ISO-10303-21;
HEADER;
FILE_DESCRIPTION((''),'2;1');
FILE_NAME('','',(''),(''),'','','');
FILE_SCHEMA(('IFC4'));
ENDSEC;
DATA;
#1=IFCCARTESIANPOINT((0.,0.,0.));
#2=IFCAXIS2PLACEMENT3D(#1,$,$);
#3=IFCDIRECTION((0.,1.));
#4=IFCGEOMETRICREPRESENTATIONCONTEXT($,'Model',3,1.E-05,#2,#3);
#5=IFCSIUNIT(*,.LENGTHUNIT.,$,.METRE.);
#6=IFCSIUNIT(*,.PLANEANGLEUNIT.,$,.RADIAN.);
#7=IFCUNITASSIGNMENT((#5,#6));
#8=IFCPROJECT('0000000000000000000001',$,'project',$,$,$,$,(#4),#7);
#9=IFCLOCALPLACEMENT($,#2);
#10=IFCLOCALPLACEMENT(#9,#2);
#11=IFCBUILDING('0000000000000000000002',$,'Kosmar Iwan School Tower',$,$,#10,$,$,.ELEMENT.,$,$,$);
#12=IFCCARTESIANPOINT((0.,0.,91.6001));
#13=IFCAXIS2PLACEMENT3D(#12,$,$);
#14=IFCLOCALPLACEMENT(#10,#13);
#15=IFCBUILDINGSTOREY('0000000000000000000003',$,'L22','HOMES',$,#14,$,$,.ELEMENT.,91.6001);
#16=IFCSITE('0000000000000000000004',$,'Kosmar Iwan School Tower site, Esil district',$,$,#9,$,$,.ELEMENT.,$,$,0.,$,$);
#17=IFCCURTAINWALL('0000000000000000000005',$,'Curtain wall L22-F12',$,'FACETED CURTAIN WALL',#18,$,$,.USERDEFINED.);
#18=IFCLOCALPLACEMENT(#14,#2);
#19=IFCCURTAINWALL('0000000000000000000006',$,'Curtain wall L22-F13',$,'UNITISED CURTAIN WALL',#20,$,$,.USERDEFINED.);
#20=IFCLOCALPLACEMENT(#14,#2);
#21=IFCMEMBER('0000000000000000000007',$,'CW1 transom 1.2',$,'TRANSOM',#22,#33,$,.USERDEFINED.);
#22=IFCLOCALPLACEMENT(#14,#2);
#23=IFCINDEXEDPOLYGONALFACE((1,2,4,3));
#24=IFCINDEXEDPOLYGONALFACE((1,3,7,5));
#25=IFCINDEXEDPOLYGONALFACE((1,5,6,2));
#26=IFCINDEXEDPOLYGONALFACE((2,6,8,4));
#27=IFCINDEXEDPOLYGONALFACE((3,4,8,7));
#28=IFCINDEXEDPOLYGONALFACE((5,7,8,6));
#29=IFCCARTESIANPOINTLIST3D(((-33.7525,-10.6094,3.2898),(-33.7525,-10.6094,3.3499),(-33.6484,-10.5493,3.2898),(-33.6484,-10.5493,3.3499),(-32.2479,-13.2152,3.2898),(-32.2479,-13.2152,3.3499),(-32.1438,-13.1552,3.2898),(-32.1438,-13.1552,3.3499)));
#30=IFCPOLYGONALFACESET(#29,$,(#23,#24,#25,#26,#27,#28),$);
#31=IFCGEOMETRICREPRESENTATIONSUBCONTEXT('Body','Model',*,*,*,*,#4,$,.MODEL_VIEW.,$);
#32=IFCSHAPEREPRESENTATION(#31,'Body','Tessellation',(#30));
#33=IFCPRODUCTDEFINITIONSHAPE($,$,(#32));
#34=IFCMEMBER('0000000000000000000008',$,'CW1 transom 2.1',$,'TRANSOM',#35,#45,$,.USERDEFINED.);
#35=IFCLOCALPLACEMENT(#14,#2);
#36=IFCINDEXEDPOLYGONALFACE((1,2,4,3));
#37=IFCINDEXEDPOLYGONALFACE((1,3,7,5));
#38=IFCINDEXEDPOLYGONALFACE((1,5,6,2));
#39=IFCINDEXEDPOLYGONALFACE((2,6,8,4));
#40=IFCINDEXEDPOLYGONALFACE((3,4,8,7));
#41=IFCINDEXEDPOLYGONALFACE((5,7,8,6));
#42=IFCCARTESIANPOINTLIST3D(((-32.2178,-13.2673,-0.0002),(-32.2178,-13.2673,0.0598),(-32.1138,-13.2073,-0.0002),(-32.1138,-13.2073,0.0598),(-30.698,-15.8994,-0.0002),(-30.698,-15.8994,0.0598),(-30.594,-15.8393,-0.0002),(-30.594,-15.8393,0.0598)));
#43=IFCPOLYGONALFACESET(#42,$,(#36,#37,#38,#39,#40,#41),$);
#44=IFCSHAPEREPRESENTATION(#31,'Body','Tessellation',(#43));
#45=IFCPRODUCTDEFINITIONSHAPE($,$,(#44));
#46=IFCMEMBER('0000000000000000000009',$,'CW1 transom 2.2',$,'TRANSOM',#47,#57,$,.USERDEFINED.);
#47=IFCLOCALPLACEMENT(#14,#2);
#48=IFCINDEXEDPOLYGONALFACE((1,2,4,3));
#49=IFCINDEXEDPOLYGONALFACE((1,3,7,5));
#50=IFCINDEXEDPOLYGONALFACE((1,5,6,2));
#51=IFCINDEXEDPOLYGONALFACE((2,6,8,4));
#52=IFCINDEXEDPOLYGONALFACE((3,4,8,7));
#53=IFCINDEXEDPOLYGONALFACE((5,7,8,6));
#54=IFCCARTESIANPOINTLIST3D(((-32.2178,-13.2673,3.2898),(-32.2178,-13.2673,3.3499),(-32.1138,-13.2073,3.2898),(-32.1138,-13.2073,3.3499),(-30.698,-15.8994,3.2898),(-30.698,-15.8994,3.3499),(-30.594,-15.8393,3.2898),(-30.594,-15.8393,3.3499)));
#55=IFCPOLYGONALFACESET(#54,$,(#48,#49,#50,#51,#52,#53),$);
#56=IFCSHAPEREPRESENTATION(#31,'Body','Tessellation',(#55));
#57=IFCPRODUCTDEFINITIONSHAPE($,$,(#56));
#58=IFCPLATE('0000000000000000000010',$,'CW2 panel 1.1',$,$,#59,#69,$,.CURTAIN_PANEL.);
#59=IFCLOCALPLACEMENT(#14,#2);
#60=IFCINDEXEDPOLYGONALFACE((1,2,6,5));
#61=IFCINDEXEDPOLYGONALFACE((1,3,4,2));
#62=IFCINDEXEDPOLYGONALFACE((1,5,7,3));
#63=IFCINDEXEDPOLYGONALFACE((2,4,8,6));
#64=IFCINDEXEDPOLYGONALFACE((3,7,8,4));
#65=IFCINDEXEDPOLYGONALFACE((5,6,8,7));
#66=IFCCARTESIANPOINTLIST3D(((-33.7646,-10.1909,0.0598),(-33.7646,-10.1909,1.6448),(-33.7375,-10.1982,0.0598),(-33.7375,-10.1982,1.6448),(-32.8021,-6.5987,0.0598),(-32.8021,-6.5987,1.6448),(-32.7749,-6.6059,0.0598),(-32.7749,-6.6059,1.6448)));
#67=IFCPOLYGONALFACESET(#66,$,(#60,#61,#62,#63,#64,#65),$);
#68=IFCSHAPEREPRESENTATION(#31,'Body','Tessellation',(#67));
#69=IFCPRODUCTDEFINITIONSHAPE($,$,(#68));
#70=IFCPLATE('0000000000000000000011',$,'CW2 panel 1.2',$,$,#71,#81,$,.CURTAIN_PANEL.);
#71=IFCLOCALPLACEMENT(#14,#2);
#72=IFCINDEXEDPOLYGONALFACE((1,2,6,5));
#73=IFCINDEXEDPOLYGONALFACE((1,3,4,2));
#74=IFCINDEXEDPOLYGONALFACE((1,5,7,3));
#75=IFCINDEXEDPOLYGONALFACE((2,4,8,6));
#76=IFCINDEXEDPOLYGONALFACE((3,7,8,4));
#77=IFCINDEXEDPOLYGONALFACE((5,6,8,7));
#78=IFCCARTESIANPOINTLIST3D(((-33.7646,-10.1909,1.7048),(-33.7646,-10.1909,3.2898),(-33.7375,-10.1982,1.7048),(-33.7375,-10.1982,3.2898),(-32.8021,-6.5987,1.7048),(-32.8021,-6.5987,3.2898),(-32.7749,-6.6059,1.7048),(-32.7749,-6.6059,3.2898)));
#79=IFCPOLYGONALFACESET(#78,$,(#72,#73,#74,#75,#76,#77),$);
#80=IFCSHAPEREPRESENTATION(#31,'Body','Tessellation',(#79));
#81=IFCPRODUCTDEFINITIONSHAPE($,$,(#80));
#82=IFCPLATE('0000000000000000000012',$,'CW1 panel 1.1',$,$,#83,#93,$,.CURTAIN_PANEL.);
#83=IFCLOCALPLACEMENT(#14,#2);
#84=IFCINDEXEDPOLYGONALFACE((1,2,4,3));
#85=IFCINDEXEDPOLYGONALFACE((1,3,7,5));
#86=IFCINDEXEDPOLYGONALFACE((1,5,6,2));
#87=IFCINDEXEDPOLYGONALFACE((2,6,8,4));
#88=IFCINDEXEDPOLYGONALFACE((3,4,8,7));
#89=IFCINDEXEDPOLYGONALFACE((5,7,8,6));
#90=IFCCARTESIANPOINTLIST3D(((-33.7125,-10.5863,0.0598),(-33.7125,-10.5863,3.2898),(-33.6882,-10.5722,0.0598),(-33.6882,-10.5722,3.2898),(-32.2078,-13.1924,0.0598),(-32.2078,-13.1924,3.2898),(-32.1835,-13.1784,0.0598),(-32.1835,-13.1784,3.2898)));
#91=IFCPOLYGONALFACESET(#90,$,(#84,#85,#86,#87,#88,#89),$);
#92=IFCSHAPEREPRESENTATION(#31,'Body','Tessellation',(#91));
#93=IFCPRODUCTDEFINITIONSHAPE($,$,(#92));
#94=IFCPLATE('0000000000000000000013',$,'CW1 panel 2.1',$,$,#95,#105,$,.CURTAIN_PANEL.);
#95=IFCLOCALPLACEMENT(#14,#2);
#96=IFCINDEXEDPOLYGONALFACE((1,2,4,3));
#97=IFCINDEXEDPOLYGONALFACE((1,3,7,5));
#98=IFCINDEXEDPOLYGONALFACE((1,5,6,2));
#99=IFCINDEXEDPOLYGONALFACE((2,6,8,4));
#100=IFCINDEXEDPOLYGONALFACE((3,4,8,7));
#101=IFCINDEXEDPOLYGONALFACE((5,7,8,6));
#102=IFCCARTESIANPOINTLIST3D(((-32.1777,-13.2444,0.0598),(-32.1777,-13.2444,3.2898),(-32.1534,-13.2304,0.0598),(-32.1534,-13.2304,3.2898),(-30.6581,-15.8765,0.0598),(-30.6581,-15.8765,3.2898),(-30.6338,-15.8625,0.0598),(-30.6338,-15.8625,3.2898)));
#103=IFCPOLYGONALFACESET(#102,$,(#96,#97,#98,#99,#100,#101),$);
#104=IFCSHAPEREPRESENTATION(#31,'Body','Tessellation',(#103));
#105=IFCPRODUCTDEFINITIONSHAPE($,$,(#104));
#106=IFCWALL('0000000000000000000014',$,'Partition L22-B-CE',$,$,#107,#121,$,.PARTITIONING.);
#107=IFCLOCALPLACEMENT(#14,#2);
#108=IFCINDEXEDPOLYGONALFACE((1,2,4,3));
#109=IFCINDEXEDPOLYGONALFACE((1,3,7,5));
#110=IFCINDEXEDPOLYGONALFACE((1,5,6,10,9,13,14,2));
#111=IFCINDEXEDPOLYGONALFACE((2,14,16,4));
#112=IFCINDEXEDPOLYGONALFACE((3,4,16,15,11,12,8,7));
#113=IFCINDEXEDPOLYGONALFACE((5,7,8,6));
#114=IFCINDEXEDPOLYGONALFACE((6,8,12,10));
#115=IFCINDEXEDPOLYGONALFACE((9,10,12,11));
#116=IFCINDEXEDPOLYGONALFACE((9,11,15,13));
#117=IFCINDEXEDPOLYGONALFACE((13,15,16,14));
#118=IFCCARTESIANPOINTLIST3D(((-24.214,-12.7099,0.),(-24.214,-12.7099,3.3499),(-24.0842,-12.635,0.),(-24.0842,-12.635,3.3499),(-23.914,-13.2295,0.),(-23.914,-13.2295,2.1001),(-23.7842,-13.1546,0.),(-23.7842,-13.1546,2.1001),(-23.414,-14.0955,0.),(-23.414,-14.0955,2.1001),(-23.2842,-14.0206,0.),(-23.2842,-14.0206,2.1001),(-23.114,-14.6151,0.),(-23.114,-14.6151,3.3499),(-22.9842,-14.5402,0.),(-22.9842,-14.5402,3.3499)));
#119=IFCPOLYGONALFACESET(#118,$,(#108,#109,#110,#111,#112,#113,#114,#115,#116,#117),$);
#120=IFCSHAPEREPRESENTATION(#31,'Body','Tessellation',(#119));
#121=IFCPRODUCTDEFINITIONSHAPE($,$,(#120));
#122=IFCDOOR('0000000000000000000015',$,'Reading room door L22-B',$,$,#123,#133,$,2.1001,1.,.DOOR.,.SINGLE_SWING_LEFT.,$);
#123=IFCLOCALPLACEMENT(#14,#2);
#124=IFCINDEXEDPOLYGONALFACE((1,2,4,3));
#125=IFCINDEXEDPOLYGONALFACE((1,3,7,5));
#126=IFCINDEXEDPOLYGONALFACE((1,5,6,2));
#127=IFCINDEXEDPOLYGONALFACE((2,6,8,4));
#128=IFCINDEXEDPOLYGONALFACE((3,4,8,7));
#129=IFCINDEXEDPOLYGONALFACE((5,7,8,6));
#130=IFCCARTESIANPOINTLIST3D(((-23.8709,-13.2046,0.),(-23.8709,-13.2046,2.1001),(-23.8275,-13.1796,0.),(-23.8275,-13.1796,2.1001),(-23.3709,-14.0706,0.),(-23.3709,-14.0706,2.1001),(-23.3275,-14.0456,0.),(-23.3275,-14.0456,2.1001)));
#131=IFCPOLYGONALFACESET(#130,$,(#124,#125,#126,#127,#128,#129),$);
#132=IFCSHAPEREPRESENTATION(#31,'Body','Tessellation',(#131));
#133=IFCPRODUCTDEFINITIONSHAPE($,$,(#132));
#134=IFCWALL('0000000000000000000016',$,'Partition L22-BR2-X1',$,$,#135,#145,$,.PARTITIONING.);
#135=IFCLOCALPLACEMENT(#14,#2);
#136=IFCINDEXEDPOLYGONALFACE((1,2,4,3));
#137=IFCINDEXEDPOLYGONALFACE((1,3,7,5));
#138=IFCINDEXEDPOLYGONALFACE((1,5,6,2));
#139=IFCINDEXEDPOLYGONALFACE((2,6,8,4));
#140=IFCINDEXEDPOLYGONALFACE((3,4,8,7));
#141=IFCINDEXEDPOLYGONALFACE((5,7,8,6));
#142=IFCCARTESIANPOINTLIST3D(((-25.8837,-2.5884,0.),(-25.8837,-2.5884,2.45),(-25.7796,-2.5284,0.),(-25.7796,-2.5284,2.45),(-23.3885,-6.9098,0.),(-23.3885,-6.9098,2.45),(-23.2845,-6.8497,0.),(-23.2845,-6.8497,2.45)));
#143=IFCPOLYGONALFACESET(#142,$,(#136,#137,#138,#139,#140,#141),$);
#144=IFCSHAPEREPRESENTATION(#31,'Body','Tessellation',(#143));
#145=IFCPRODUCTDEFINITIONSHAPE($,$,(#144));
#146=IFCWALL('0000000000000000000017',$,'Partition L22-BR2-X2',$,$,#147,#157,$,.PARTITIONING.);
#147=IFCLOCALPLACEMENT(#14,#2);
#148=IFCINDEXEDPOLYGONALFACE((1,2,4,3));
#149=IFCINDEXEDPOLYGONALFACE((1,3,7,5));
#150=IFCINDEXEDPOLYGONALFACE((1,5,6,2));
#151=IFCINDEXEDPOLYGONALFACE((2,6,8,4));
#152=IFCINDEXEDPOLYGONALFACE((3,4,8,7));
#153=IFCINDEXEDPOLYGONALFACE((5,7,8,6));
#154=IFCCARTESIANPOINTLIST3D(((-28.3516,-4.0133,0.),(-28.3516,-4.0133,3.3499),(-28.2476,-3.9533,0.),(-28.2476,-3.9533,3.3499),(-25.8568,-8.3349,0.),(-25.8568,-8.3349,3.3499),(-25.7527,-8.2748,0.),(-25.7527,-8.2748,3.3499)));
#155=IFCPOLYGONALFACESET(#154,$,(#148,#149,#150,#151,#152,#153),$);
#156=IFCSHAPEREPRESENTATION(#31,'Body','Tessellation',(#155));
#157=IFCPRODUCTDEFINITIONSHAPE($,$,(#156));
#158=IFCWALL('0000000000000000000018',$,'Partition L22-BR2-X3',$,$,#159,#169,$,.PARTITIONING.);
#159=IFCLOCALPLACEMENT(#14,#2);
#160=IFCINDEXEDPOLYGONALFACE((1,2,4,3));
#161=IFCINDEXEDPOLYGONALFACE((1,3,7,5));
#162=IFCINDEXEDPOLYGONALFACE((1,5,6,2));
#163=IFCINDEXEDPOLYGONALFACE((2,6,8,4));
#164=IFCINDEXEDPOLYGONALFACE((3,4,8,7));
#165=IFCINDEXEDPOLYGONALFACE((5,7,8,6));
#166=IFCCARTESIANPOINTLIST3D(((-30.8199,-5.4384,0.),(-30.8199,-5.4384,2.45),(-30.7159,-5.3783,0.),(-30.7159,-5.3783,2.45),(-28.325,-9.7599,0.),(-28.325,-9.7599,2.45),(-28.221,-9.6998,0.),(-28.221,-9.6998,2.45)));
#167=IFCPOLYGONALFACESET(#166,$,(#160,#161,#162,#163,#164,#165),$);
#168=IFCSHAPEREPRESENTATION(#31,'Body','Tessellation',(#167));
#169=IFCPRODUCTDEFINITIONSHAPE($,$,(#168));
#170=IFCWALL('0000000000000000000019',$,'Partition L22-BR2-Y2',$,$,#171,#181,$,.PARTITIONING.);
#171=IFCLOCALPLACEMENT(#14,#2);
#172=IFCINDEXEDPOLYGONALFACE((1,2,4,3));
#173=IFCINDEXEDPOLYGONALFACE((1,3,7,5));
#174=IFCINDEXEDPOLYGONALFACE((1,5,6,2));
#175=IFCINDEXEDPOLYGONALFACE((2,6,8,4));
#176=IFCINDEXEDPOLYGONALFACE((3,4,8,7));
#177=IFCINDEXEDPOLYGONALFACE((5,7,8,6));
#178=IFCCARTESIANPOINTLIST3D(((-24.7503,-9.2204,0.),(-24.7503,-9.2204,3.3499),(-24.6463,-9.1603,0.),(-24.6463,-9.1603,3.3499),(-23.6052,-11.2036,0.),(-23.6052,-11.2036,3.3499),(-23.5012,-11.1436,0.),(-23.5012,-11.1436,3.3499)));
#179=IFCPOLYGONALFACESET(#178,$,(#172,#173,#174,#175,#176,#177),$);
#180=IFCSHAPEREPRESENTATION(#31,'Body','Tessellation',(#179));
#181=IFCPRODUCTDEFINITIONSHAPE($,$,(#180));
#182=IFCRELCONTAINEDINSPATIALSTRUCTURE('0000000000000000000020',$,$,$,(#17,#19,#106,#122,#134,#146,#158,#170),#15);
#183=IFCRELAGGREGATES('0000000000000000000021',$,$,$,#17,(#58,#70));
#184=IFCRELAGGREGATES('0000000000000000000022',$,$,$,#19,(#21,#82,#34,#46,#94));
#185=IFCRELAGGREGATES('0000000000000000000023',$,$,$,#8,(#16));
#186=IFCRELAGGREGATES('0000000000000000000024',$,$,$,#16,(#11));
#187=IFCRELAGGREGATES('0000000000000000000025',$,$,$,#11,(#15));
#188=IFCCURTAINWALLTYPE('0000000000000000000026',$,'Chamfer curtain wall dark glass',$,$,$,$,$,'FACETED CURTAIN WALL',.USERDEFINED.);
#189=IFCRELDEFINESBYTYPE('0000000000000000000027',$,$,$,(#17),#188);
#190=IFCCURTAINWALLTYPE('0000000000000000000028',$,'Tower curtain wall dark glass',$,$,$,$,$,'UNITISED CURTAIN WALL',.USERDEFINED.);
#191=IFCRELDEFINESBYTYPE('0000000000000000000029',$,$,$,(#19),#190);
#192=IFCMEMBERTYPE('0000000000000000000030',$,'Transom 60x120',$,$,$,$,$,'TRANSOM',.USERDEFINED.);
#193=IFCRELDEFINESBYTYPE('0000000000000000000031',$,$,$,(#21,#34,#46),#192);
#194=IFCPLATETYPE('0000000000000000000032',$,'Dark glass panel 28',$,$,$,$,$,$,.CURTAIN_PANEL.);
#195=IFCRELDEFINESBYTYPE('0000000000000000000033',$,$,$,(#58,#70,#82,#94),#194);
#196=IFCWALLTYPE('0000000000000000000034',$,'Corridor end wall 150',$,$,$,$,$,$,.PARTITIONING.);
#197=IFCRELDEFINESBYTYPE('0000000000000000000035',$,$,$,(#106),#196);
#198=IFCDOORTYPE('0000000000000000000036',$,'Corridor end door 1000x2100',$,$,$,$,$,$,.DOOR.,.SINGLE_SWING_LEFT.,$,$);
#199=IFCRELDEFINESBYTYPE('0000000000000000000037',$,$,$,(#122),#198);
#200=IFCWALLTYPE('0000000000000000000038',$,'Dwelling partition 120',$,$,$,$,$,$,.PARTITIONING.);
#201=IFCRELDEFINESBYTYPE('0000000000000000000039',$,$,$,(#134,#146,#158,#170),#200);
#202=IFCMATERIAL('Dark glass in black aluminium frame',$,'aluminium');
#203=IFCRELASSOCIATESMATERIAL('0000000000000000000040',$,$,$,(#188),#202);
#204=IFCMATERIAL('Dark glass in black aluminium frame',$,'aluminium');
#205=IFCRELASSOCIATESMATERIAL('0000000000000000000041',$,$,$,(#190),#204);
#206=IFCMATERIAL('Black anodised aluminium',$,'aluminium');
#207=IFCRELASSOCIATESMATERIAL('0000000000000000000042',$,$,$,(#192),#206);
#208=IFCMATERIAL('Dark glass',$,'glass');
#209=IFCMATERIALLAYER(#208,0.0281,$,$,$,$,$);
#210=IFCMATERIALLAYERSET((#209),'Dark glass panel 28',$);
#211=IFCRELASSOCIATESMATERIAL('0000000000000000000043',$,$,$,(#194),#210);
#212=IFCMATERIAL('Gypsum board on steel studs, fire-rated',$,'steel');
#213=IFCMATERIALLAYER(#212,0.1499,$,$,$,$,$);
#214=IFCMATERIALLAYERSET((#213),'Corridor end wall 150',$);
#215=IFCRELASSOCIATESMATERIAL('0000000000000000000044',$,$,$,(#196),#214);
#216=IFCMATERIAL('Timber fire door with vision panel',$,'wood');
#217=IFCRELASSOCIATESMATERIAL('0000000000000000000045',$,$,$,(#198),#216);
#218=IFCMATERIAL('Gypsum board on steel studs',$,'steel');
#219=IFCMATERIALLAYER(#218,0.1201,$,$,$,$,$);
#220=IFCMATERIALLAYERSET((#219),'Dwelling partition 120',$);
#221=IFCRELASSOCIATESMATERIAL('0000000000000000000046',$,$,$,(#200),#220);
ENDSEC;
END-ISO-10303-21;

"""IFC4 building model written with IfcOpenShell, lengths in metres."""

from ifc_helpers import new_model, si_unit, direction, frame, frame_2d, origin, origin_2d, place, context, subcontext, project, spatial, rectangle, extrude, material, layer, layer_set, material_profile, profile_set, type_object, element, fill, aggregate, save


model = new_model("IFC4")

# Units and contexts
model_context = context("Model", 3, precision=1e-05, world=origin(), true_north=direction((0.0, 1.0)))
body_context = subcontext(model_context, "Body", "Model", "MODEL_VIEW")
ifc_project = project(units=[si_unit("LENGTHUNIT", "METRE"), si_unit("PLANEANGLEUNIT", "RADIAN")], contexts=[model_context])

# Site, building, storey
site_placement = place(None, origin())
site = spatial("IfcSite", under=ifc_project, at=site_placement, Name="Kosmar Iwan School Tower site, Esil district", CompositionType="ELEMENT", RefElevation=0.0)
building_placement = place(site_placement, origin())
building = spatial("IfcBuilding", under=site, at=building_placement, Name="Kosmar Iwan School Tower", CompositionType="ELEMENT")
storey_placement = place(building_placement, frame((0.0, 0.0, 91.6001)))
storey = spatial("IfcBuildingStorey", under=building, at=storey_placement, Name="L22", Description="HOMES", CompositionType="ELEMENT", Elevation=91.6001)

# Curtain walls
ifc_material_1 = material(Name="Dark glass in black aluminium frame", Category="aluminium")
curtain_wall_type_1 = type_object("IfcCurtainWallType", Name="Chamfer curtain wall dark glass", ElementType="FACETED CURTAIN WALL", PredefinedType="USERDEFINED", material=ifc_material_1)
curtain_wall_1_placement = place(storey_placement, origin())
curtain_wall_1 = element("IfcCurtainWall", 1, at=curtain_wall_1_placement, inside=storey, type_object=curtain_wall_type_1, Name="Curtain wall L22-F12", ObjectType="FACETED CURTAIN WALL", PredefinedType="USERDEFINED")
ifc_material_2 = material(Name="Dark glass in black aluminium frame", Category="aluminium")
curtain_wall_type_2 = type_object("IfcCurtainWallType", Name="Tower curtain wall dark glass", ElementType="UNITISED CURTAIN WALL", PredefinedType="USERDEFINED", material=ifc_material_2)
curtain_wall_2_placement = place(storey_placement, origin())
curtain_wall_2 = element("IfcCurtainWall", 2, at=curtain_wall_2_placement, inside=storey, type_object=curtain_wall_type_2, Name="Curtain wall L22-F13", ObjectType="UNITISED CURTAIN WALL", PredefinedType="USERDEFINED")

# Members
ifc_material_3 = material(Name="Black anodised aluminium", Category="aluminium")
ifc_material_profile_1 = material_profile(ifc_material_3, rectangle(XDim=0.1201, YDim=0.0601, at=origin_2d()), Name="TRANSOM 60x120")
ifc_profile_set_1 = profile_set([ifc_material_profile_1], Name="Black anodised aluminium")
member_type_1 = type_object("IfcMemberType", Name="Transom 60x120", ElementType="TRANSOM", PredefinedType="USERDEFINED", material=ifc_profile_set_1)
member_1_placement = place(storey_placement, frame((-33.7004, -10.5793, 3.3198), z_axis=(0.500022, -0.866013, 0.0), x_axis=(0.866013, 0.500022, 0.0)))
member_1 = element("IfcMember", 3, at=member_1_placement, type_object=member_type_1, Name="CW1 transom 1.2", ObjectType="TRANSOM", PredefinedType="USERDEFINED", context=body_context, shape_type="SweptSolid", body=[
    extrude(rectangle(XDim=0.1201, YDim=0.0601, at=origin_2d()), origin(), (0.0, 0.0, 1.0), 3.009),
])
member_2_placement = place(storey_placement, frame((-32.1658, -13.2373, 0.0298), z_axis=(0.500035, -0.866005, 0.0), x_axis=(0.866005, 0.500035, 0.0)))
member_2 = element("IfcMember", 4, at=member_2_placement, type_object=member_type_1, Name="CW1 transom 2.1", ObjectType="TRANSOM", PredefinedType="USERDEFINED", context=body_context, shape_type="SweptSolid", body=[
    extrude(rectangle(XDim=0.1201, YDim=0.0601, at=origin_2d()), origin(), (0.0, 0.0, 1.0), 3.0393),
])
member_3_placement = place(storey_placement, frame((-32.1658, -13.2373, 3.3198), z_axis=(0.500035, -0.866005, 0.0), x_axis=(0.866005, 0.500035, 0.0)))
member_3 = element("IfcMember", 5, at=member_3_placement, type_object=member_type_1, Name="CW1 transom 2.2", ObjectType="TRANSOM", PredefinedType="USERDEFINED", context=body_context, shape_type="SweptSolid", body=[
    extrude(rectangle(XDim=0.1201, YDim=0.0601, at=origin_2d()), origin(), (0.0, 0.0, 1.0), 3.0393),
])

# Plates
ifc_material_4 = material(Name="Dark glass", Category="glass")
ifc_layer_1 = layer(ifc_material_4, 0.0281)
ifc_layer_set_1 = layer_set([ifc_layer_1], Name="Dark glass panel 28")
plate_type = type_object("IfcPlateType", Name="Dark glass panel 28", PredefinedType="CURTAIN_PANEL", material=ifc_layer_set_1)
plate_1_placement = place(storey_placement, frame((-33.2698, -8.3984, 0.0598), z_axis=(0.0, 0.0, 1.0), x_axis=(-0.258819, -0.965926, 0.0)))
plate_1 = element("IfcPlate", 6, at=plate_1_placement, type_object=plate_type, Name="CW2 panel 1.1", PredefinedType="CURTAIN_PANEL", context=body_context, shape_type="SweptSolid", body=[
    extrude(rectangle(XDim=3.719, YDim=0.0281, at=origin_2d()), origin(), (0.0, 0.0, 1.0), 1.585),
])
plate_2_placement = place(storey_placement, frame((-33.2698, -8.3984, 1.7048), z_axis=(0.0, 0.0, 1.0), x_axis=(-0.258819, -0.965926, 0.0)))
plate_2 = element("IfcPlate", 7, at=plate_2_placement, type_object=plate_type, Name="CW2 panel 1.2", PredefinedType="CURTAIN_PANEL", context=body_context, shape_type="SweptSolid", body=[
    extrude(rectangle(XDim=3.719, YDim=0.0281, at=origin_2d()), origin(), (0.0, 0.0, 1.0), 1.585),
])
aggregate(curtain_wall_1, [plate_1, plate_2])
plate_3_placement = place(storey_placement, frame((-32.948, -11.8823, 0.0598), z_axis=(0.0, 0.0, 1.0), x_axis=(0.5, -0.866025, 0.0)))
plate_3 = element("IfcPlate", 8, at=plate_3_placement, type_object=plate_type, Name="CW1 panel 1.1", PredefinedType="CURTAIN_PANEL", context=body_context, shape_type="SweptSolid", body=[
    extrude(rectangle(XDim=3.0093, YDim=0.0281, at=origin_2d()), origin(), (0.0, 0.0, 1.0), 3.23),
])
plate_4_placement = place(storey_placement, frame((-31.4058, -14.5535, 0.0598), z_axis=(0.0, 0.0, 1.0), x_axis=(0.5, -0.866025, 0.0)))
plate_4 = element("IfcPlate", 9, at=plate_4_placement, type_object=plate_type, Name="CW1 panel 2.1", PredefinedType="CURTAIN_PANEL", context=body_context, shape_type="SweptSolid", body=[
    extrude(rectangle(XDim=3.0393, YDim=0.0281, at=origin_2d()), origin(), (0.0, 0.0, 1.0), 3.23),
])
aggregate(curtain_wall_2, [member_1, plate_3, member_2, member_3, plate_4])

# Wall, opening, door
ifc_material_5 = material(Name="Gypsum board on steel studs, fire-rated", Category="steel")
ifc_layer_2 = layer(ifc_material_5, 0.1499)
ifc_layer_set_2 = layer_set([ifc_layer_2], Name="Corridor end wall 150")
wall_type_1 = type_object("IfcWallType", Name="Corridor end wall 150", PredefinedType="PARTITIONING", material=ifc_layer_set_2)
wall_1_placement = place(storey_placement, frame((-24.1492, -12.6724, 0.0), z_axis=(0.0, 0.0, 1.0), x_axis=(0.50003, -0.866008, 0.0)))
wall_1 = element("IfcWall", 10, at=wall_1_placement, inside=storey, type_object=wall_type_1, Name="Partition L22-B-CE", PredefinedType="PARTITIONING", context=body_context, shape_type="SweptSolid", body=[
    extrude(rectangle(XDim=2.2, YDim=0.1499, at=frame_2d((1.1001, 0.0))), origin(), (0.0, 0.0, 1.0), 3.3499),
])
opening_placement = place(wall_1_placement, frame((0.6001, 0.0, 0.0)))
opening = element("IfcOpeningElement", 11, at=opening_placement, cuts=wall_1, PredefinedType="OPENING", context=body_context, shape_type="SweptSolid", body=[
    extrude(rectangle(XDim=1.0, YDim=2.1001, at=frame_2d((0.5, 1.05))), frame((0.0, 0.0869, 0.0), z_axis=(0.0, -1.0, 0.0), x_axis=(1.0, 0.0, 0.0)), (0.0, 0.0, 1.0), 0.1738),
])
ifc_material_6 = material(Name="Timber fire door with vision panel", Category="wood")
door_type = type_object("IfcDoorType", Name="Corridor end door 1000x2100", OperationType="SINGLE_SWING_LEFT", PredefinedType="DOOR", material=ifc_material_6)
door_placement = place(opening_placement, origin())
door = element("IfcDoor", 12, at=door_placement, inside=storey, type_object=door_type, Name="Reading room door L22-B", OperationType="SINGLE_SWING_LEFT", OverallHeight=2.1001, OverallWidth=1.0, PredefinedType="DOOR", context=body_context, shape_type="SweptSolid", body=[
    extrude(rectangle(XDim=1.0, YDim=2.1001, at=frame_2d((0.5, 1.05))), frame((0.0, 0.0249, 0.0), z_axis=(0.0, -1.0, 0.0), x_axis=(1.0, 0.0, 0.0)), (0.0, 0.0, 1.0), 0.05),
])
fill(opening, door)

# Walls
ifc_material_7 = material(Name="Gypsum board on steel studs", Category="steel")
ifc_layer_3 = layer(ifc_material_7, 0.1201)
ifc_layer_set_3 = layer_set([ifc_layer_3], Name="Dwelling partition 120")
wall_type_2 = type_object("IfcWallType", Name="Dwelling partition 120", PredefinedType="PARTITIONING", material=ifc_layer_set_3)
wall_2_placement = place(storey_placement, frame((-23.3364, -6.8799, 0.0), z_axis=(0.0, 0.0, 1.0), x_axis=(-0.500033, 0.866006, 0.0)))
element("IfcWall", 13, at=wall_2_placement, inside=storey, type_object=wall_type_2, Name="Partition L22-BR2-X1", PredefinedType="PARTITIONING", context=body_context, shape_type="SweptSolid", body=[
    extrude(rectangle(XDim=4.99, YDim=0.1201, at=frame_2d((2.4951, 0.0))), origin(), (0.0, 0.0, 1.0), 2.45),
])
wall_3_placement = place(storey_placement, frame((-25.8047, -8.3049, 0.0), z_axis=(0.0, 0.0, 1.0), x_axis=(-0.499975, 0.86604, 0.0)))
element("IfcWall", 14, at=wall_3_placement, inside=storey, type_object=wall_type_2, Name="Partition L22-BR2-X2", PredefinedType="PARTITIONING", context=body_context, shape_type="SweptSolid", body=[
    extrude(rectangle(XDim=4.99, YDim=0.1201, at=frame_2d((2.4951, 0.0))), origin(), (0.0, 0.0, 1.0), 3.3499),
])
wall_4_placement = place(storey_placement, frame((-28.2729, -9.73, 0.0), z_axis=(0.0, 0.0, 1.0), x_axis=(-0.499975, 0.86604, 0.0)))
element("IfcWall", 15, at=wall_4_placement, inside=storey, type_object=wall_type_2, Name="Partition L22-BR2-X3", PredefinedType="PARTITIONING", context=body_context, shape_type="SweptSolid", body=[
    extrude(rectangle(XDim=4.99, YDim=0.1201, at=frame_2d((2.4951, 0.0))), origin(), (0.0, 0.0, 1.0), 2.45),
])
for number, where, z_axis, x_axis, name in (
    (16, (-23.5532, -11.1736, 0.0), (0.0, 0.0, 1.0), (-0.500015, 0.866017, 0.0), "Partition L22-BR2-Y2"),
):
    element("IfcWall", number, at=place(storey_placement, frame(where, z_axis=z_axis, x_axis=x_axis)), inside=storey, type_object=wall_type_2, Name=name, PredefinedType="PARTITIONING", context=body_context, shape_type="SweptSolid", body=[
        extrude(rectangle(XDim=2.29, YDim=0.1201, at=frame_2d((1.145, 0.0))), origin(), (0.0, 0.0, 1.0), 3.3499),
    ])

save(model, "model.ifc")
